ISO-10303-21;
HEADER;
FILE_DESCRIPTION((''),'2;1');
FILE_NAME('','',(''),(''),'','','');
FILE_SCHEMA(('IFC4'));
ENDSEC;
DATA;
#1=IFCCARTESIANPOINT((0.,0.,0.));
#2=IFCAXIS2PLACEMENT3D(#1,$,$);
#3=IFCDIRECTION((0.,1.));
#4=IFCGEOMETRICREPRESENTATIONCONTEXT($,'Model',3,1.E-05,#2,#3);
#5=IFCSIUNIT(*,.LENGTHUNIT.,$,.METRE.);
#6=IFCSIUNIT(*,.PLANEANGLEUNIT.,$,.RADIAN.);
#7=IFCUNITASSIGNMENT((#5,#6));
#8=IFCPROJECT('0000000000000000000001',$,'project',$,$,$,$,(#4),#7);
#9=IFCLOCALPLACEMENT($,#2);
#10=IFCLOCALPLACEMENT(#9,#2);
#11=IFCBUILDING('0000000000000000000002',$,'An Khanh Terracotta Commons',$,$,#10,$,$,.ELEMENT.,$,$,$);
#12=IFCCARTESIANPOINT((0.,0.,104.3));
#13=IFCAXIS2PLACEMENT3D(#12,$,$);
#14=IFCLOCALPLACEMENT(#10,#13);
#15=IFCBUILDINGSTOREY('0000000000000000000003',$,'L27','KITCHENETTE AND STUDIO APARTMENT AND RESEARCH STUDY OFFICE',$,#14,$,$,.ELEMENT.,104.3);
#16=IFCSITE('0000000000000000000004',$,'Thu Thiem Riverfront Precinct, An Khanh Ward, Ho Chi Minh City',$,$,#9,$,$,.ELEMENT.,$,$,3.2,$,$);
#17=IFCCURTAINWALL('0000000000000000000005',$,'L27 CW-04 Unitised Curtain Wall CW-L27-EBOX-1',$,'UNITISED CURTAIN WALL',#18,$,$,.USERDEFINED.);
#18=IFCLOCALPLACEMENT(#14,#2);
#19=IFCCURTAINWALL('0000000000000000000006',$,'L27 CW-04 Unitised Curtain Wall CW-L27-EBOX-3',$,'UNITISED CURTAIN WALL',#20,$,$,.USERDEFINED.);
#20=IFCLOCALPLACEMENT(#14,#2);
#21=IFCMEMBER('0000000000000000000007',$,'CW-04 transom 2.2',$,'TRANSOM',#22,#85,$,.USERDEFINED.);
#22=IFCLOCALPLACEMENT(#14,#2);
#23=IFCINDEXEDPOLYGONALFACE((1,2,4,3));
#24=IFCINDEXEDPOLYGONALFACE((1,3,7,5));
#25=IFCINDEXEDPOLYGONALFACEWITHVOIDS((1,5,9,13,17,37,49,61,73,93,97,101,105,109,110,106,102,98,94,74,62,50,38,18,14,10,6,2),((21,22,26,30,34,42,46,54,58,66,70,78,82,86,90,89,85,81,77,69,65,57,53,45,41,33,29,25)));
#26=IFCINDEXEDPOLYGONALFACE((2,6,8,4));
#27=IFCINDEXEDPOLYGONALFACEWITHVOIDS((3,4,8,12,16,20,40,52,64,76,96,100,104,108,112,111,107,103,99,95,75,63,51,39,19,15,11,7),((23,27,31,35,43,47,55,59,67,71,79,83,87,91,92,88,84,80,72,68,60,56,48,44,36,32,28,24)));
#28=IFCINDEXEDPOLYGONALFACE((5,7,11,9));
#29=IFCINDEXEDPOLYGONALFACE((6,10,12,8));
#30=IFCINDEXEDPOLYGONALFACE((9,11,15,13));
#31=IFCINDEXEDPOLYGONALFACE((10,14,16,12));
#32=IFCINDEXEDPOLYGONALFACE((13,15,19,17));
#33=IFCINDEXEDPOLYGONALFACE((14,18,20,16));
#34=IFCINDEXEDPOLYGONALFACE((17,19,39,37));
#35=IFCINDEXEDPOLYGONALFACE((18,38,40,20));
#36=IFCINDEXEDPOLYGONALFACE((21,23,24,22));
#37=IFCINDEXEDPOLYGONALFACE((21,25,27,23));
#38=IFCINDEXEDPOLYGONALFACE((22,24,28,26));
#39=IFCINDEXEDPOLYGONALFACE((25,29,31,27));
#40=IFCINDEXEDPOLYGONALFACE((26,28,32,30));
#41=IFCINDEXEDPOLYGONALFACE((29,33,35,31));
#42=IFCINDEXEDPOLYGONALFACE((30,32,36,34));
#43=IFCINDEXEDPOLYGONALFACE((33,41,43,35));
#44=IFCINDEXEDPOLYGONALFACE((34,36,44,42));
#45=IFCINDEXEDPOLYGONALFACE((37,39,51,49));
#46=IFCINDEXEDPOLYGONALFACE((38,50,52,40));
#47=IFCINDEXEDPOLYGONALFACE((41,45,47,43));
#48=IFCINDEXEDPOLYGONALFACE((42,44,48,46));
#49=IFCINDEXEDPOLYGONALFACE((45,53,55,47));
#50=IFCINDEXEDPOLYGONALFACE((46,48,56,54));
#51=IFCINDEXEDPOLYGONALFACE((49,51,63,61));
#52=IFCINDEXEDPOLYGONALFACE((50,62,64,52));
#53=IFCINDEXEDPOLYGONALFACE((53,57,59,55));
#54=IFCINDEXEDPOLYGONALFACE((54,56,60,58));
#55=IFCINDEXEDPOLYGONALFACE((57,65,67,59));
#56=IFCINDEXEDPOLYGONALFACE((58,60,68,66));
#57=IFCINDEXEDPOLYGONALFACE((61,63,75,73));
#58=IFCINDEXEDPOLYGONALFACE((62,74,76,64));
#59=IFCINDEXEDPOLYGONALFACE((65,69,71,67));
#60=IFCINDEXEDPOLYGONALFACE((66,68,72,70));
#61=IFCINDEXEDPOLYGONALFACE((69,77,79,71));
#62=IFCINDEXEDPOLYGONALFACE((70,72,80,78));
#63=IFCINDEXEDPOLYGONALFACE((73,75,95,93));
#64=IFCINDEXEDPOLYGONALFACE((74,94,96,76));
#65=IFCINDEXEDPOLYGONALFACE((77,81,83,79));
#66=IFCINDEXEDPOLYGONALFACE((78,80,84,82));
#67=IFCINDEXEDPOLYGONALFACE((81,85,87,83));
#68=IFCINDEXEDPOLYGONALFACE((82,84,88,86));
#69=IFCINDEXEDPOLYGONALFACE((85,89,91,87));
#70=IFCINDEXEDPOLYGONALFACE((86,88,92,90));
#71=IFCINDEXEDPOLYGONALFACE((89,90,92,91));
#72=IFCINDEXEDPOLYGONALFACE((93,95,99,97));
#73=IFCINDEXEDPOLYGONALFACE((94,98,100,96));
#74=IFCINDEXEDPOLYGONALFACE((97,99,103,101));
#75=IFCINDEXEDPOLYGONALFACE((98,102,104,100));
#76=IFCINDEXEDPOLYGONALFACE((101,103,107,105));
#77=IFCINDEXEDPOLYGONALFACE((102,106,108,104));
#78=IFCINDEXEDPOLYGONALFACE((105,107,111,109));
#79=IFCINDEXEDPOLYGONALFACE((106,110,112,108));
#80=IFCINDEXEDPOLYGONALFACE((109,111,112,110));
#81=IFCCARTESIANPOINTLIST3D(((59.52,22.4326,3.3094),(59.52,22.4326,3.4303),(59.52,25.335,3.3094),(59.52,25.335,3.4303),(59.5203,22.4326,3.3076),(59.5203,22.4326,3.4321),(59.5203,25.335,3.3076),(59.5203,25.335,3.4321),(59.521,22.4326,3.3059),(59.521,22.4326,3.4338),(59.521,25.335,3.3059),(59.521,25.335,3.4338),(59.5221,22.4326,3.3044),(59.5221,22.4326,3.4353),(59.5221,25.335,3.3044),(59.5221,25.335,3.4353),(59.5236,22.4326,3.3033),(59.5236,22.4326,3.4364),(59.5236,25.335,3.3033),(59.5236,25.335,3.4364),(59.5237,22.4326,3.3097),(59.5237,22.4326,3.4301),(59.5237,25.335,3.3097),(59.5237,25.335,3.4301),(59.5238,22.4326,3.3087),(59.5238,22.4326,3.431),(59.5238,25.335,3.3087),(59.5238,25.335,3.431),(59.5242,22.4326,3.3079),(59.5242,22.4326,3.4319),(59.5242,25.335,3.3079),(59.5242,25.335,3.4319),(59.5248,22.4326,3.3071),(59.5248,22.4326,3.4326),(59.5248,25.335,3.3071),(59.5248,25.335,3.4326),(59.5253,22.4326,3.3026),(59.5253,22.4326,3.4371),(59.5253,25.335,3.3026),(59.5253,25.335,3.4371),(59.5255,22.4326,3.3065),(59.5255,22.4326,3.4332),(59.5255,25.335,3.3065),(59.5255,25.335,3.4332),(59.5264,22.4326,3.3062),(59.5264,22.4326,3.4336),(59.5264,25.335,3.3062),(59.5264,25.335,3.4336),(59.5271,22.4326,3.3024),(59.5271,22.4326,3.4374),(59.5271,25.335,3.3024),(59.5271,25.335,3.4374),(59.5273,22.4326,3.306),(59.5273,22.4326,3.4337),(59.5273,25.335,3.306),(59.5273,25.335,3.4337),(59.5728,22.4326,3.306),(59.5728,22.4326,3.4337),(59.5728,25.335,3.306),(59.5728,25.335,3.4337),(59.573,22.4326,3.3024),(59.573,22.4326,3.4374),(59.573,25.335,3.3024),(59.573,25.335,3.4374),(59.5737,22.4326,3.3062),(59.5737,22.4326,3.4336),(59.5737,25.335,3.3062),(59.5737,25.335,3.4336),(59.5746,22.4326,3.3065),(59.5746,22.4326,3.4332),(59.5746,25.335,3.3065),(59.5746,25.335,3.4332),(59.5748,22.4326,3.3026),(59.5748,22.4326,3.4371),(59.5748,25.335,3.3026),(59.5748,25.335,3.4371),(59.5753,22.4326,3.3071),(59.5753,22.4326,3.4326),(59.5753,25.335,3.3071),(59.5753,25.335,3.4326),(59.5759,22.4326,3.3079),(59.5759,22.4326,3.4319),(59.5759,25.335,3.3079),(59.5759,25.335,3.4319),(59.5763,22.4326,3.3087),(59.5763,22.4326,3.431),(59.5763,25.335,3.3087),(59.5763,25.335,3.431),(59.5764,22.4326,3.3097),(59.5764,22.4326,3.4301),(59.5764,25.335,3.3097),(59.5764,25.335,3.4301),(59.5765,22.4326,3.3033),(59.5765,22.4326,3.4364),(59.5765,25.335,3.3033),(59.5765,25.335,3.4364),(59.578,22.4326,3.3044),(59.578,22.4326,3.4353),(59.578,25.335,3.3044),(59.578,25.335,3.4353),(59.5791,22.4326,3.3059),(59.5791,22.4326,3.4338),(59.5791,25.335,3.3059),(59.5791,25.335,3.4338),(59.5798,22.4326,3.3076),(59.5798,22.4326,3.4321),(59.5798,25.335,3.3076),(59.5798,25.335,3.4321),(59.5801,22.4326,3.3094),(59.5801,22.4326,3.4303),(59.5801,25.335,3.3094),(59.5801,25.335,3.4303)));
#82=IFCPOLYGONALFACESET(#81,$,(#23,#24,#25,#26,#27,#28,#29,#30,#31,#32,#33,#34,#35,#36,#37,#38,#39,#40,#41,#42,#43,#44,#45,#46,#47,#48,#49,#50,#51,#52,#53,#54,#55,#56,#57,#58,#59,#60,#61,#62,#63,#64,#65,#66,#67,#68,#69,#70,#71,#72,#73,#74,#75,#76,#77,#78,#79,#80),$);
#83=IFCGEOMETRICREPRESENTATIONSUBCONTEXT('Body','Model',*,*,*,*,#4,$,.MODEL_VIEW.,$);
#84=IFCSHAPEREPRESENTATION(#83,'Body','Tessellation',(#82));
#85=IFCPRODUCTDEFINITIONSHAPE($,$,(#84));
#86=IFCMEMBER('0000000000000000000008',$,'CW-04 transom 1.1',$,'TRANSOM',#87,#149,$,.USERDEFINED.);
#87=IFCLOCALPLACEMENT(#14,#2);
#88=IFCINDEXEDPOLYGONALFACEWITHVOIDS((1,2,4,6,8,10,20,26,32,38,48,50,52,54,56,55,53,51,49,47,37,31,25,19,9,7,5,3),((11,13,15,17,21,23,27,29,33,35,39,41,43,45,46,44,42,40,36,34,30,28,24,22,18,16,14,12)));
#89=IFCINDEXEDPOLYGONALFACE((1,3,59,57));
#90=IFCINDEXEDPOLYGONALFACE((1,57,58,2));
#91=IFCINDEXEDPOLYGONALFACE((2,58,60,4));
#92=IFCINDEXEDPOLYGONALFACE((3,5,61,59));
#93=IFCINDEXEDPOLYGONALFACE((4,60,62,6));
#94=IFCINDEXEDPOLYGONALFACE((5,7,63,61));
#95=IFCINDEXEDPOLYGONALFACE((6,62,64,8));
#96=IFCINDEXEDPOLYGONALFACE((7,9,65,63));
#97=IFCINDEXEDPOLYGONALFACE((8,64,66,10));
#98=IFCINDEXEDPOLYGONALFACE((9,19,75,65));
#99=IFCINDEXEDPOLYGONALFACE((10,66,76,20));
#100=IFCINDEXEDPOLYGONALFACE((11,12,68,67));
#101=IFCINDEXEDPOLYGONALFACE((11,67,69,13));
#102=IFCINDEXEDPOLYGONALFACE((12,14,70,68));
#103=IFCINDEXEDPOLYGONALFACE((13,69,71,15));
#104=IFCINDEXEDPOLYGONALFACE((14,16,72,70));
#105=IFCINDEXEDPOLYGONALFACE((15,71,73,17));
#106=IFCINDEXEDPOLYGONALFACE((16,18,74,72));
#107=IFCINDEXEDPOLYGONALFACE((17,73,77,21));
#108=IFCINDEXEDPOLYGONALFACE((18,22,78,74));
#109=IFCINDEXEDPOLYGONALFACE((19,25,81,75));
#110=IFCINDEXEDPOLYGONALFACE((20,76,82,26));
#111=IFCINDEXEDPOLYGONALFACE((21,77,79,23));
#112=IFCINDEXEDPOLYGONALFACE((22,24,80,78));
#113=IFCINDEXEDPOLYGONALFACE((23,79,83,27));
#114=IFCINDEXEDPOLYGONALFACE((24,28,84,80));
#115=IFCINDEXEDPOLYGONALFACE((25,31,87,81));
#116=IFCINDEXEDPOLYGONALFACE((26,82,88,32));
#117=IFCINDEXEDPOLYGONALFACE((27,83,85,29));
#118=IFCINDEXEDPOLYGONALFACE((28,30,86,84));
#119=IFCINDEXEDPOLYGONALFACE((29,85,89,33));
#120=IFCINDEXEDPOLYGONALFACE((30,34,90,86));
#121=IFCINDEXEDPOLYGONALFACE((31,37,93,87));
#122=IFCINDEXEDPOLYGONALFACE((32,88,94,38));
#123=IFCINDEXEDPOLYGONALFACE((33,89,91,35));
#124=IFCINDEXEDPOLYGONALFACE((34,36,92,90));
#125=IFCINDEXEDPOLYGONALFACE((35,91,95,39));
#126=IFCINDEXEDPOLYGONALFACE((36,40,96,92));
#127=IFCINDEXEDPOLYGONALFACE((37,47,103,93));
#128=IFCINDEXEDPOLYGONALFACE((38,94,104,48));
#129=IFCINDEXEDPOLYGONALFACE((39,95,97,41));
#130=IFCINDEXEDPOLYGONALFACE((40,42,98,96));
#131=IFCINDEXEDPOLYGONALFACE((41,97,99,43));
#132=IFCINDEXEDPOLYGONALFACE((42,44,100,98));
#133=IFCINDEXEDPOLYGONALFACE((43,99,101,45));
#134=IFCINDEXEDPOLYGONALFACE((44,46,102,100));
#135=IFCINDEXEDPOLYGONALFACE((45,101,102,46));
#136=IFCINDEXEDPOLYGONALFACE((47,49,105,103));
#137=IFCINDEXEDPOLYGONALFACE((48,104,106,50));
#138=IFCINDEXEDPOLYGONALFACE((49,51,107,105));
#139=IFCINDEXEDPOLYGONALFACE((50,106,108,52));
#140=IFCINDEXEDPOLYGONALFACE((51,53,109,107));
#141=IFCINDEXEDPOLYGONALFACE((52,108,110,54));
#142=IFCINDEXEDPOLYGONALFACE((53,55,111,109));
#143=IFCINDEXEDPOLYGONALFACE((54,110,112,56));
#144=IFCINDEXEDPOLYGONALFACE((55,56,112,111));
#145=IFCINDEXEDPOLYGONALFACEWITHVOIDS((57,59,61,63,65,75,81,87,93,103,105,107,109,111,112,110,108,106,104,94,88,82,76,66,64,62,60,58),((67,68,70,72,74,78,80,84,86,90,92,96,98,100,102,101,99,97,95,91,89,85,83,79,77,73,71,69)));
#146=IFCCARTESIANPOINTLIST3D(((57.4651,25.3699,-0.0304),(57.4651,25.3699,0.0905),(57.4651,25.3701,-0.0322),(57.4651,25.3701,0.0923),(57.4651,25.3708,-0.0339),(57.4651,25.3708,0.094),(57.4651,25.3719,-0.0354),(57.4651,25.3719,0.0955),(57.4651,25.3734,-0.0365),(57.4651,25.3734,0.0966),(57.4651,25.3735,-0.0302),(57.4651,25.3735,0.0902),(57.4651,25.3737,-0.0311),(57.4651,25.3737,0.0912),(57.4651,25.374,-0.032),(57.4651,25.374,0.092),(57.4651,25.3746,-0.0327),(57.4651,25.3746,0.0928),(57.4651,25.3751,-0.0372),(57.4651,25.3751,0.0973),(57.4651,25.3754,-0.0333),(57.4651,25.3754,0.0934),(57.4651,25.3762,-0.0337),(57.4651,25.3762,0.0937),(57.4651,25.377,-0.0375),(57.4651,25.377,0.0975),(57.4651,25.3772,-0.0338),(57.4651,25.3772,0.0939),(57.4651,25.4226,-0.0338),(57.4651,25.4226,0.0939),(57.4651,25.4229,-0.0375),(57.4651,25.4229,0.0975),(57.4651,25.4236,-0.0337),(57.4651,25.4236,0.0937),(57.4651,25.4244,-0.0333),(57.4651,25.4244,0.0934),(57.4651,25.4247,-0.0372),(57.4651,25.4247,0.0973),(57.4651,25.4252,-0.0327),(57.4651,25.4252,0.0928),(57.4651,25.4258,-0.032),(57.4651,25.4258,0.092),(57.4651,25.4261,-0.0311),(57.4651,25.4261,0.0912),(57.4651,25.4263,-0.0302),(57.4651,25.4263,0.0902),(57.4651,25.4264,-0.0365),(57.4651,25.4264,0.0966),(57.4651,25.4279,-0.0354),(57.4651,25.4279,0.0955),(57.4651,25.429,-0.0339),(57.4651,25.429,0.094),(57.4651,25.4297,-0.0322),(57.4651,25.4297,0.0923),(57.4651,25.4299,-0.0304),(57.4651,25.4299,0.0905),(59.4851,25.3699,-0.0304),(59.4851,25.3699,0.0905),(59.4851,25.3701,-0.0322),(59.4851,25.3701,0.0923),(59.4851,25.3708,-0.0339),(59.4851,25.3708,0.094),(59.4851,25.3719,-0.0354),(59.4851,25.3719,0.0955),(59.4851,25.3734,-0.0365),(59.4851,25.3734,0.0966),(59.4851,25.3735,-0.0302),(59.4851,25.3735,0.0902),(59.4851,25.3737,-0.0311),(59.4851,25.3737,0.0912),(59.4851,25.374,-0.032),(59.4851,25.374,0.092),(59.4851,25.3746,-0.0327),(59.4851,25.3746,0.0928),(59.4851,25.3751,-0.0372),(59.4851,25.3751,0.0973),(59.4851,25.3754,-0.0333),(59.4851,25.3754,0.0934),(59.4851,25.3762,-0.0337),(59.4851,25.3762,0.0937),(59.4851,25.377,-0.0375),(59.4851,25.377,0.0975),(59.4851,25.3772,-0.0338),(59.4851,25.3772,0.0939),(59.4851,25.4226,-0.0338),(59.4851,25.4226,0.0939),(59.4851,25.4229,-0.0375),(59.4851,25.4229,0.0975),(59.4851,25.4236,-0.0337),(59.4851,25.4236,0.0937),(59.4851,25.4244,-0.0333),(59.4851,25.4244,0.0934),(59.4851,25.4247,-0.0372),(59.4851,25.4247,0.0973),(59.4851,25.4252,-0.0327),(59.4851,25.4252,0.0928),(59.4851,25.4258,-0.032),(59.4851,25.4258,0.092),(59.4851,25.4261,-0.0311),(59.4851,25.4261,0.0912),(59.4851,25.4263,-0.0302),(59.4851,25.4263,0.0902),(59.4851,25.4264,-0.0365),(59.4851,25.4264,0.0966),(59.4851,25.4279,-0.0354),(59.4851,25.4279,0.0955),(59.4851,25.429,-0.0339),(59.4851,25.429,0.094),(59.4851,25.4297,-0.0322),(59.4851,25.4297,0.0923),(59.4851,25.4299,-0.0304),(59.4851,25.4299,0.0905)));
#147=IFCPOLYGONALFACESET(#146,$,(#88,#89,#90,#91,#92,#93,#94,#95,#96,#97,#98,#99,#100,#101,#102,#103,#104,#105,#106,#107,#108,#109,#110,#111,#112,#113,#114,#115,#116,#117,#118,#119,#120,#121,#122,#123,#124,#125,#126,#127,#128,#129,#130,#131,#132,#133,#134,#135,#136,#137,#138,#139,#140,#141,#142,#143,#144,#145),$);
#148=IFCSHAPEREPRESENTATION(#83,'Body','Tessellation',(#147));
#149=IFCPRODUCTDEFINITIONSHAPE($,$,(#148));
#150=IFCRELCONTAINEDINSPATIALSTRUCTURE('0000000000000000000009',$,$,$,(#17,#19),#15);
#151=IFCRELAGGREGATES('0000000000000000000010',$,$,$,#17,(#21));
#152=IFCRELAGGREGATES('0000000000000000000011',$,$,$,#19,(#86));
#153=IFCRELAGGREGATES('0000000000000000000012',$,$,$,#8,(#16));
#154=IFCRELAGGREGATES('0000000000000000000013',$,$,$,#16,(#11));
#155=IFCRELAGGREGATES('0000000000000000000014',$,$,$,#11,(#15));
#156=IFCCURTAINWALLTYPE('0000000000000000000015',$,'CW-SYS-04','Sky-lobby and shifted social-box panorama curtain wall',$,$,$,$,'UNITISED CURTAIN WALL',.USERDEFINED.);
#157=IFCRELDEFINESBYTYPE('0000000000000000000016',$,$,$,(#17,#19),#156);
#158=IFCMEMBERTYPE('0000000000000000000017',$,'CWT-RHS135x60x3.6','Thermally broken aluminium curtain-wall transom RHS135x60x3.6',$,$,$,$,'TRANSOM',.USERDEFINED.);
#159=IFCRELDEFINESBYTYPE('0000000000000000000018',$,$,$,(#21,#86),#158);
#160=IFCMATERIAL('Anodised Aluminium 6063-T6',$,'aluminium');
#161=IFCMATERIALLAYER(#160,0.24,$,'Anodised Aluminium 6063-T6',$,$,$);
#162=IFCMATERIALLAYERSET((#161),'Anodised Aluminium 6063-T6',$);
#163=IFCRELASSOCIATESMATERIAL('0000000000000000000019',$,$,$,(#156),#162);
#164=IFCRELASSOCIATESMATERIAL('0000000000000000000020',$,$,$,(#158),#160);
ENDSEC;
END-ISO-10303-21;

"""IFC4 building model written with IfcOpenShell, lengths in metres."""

from ifc_helpers import new_model, si_unit, direction, frame, origin, origin_2d, place, context, subcontext, project, spatial, hollow_rectangle, extrude, material, layer, layer_set, material_profile, profile_set, type_object, element, aggregate, save


model = new_model("IFC4")

# Units and contexts
model_context = context("Model", 3, precision=1e-05, world=origin(), true_north=direction((0.0, 1.0)))
body_context = subcontext(model_context, "Body", "Model", "MODEL_VIEW")
ifc_project = project(units=[si_unit("LENGTHUNIT", "METRE"), si_unit("PLANEANGLEUNIT", "RADIAN")], contexts=[model_context])

# Site, building, storey
site_placement = place(None, origin())
site = spatial("IfcSite", under=ifc_project, at=site_placement, Name="Thu Thiem Riverfront Precinct, An Khanh Ward, Ho Chi Minh City", CompositionType="ELEMENT", RefElevation=3.2)
building_placement = place(site_placement, origin())
building = spatial("IfcBuilding", under=site, at=building_placement, Name="An Khanh Terracotta Commons", CompositionType="ELEMENT")
storey_placement = place(building_placement, frame((0.0, 0.0, 104.3)))
storey = spatial("IfcBuildingStorey", under=building, at=storey_placement, Name="L27", Description="KITCHENETTE AND STUDIO APARTMENT AND RESEARCH STUDY OFFICE", CompositionType="ELEMENT", Elevation=104.3)

# Curtain wall
ifc_material_1 = material(Name="Anodised Aluminium 6063-T6", Category="aluminium")
ifc_layer_1 = layer(ifc_material_1, 0.24, Name="Anodised Aluminium 6063-T6")
ifc_layer_set_1 = layer_set([ifc_layer_1], Name="Anodised Aluminium 6063-T6")
curtain_wall_type_1 = type_object("IfcCurtainWallType", Name="CW-SYS-04", Description="Sky-lobby and shifted social-box panorama curtain wall", ElementType="UNITISED CURTAIN WALL", PredefinedType="USERDEFINED", material=ifc_layer_set_1)
curtain_wall_1_placement = place(storey_placement, origin())
curtain_wall_1 = element("IfcCurtainWall", 1, at=curtain_wall_1_placement, inside=storey, type_object=curtain_wall_type_1, Name="L27 CW-04 Unitised Curtain Wall CW-L27-EBOX-1", ObjectType="UNITISED CURTAIN WALL", PredefinedType="USERDEFINED")

# Curtain wall
curtain_wall_2_placement = place(storey_placement, origin())
curtain_wall_2 = element("IfcCurtainWall", 2, at=curtain_wall_2_placement, inside=storey, type_object=curtain_wall_type_1, Name="L27 CW-04 Unitised Curtain Wall CW-L27-EBOX-3", ObjectType="UNITISED CURTAIN WALL", PredefinedType="USERDEFINED")

# Members
ifc_material_profile_1 = material_profile(ifc_material_1, hollow_rectangle(XDim=0.0601, YDim=0.135, WallThickness=0.0037, InnerFilletRadius=0.0037, OuterFilletRadius=0.0071, at=origin_2d()), Name="RHS135x60x3.6")
ifc_profile_set_1 = profile_set([ifc_material_profile_1], Name="Anodised Aluminium 6063-T6")
member_type_1 = type_object("IfcMemberType", Name="CWT-RHS135x60x3.6", Description="Thermally broken aluminium curtain-wall transom RHS135x60x3.6", ElementType="TRANSOM", PredefinedType="USERDEFINED", material=ifc_profile_set_1)
member_1_placement = place(storey_placement, frame((59.55, 22.4326, 3.3699), z_axis=(0.0, 1.0, 0.0), x_axis=(-1.0, 0.0, 0.0)))
member_1 = element("IfcMember", 3, at=member_1_placement, type_object=member_type_1, Name="CW-04 transom 2.2", ObjectType="TRANSOM", PredefinedType="USERDEFINED", context=body_context, shape_type="SweptSolid", body=[
    extrude(hollow_rectangle(XDim=0.0601, YDim=0.135, WallThickness=0.0037, InnerFilletRadius=0.0037, OuterFilletRadius=0.0071, at=origin_2d()), origin(), (0.0, 0.0, 1.0), 2.9023),
])
member_2_placement = place(storey_placement, frame((59.4851, 25.3999, 0.03), z_axis=(-1.0, 0.0, 0.0), x_axis=(0.0, -1.0, 0.0)))
member_2 = element("IfcMember", 4, at=member_2_placement, type_object=member_type_1, Name="CW-04 transom 1.1", ObjectType="TRANSOM", PredefinedType="USERDEFINED", context=body_context, shape_type="SweptSolid", body=[
    extrude(hollow_rectangle(XDim=0.0601, YDim=0.135, WallThickness=0.0037, InnerFilletRadius=0.0037, OuterFilletRadius=0.0071, at=origin_2d()), origin(), (0.0, 0.0, 1.0), 2.02),
])

aggregate(curtain_wall_1, [member_1])
aggregate(curtain_wall_2, [member_2])

save(model, "model.ifc")
